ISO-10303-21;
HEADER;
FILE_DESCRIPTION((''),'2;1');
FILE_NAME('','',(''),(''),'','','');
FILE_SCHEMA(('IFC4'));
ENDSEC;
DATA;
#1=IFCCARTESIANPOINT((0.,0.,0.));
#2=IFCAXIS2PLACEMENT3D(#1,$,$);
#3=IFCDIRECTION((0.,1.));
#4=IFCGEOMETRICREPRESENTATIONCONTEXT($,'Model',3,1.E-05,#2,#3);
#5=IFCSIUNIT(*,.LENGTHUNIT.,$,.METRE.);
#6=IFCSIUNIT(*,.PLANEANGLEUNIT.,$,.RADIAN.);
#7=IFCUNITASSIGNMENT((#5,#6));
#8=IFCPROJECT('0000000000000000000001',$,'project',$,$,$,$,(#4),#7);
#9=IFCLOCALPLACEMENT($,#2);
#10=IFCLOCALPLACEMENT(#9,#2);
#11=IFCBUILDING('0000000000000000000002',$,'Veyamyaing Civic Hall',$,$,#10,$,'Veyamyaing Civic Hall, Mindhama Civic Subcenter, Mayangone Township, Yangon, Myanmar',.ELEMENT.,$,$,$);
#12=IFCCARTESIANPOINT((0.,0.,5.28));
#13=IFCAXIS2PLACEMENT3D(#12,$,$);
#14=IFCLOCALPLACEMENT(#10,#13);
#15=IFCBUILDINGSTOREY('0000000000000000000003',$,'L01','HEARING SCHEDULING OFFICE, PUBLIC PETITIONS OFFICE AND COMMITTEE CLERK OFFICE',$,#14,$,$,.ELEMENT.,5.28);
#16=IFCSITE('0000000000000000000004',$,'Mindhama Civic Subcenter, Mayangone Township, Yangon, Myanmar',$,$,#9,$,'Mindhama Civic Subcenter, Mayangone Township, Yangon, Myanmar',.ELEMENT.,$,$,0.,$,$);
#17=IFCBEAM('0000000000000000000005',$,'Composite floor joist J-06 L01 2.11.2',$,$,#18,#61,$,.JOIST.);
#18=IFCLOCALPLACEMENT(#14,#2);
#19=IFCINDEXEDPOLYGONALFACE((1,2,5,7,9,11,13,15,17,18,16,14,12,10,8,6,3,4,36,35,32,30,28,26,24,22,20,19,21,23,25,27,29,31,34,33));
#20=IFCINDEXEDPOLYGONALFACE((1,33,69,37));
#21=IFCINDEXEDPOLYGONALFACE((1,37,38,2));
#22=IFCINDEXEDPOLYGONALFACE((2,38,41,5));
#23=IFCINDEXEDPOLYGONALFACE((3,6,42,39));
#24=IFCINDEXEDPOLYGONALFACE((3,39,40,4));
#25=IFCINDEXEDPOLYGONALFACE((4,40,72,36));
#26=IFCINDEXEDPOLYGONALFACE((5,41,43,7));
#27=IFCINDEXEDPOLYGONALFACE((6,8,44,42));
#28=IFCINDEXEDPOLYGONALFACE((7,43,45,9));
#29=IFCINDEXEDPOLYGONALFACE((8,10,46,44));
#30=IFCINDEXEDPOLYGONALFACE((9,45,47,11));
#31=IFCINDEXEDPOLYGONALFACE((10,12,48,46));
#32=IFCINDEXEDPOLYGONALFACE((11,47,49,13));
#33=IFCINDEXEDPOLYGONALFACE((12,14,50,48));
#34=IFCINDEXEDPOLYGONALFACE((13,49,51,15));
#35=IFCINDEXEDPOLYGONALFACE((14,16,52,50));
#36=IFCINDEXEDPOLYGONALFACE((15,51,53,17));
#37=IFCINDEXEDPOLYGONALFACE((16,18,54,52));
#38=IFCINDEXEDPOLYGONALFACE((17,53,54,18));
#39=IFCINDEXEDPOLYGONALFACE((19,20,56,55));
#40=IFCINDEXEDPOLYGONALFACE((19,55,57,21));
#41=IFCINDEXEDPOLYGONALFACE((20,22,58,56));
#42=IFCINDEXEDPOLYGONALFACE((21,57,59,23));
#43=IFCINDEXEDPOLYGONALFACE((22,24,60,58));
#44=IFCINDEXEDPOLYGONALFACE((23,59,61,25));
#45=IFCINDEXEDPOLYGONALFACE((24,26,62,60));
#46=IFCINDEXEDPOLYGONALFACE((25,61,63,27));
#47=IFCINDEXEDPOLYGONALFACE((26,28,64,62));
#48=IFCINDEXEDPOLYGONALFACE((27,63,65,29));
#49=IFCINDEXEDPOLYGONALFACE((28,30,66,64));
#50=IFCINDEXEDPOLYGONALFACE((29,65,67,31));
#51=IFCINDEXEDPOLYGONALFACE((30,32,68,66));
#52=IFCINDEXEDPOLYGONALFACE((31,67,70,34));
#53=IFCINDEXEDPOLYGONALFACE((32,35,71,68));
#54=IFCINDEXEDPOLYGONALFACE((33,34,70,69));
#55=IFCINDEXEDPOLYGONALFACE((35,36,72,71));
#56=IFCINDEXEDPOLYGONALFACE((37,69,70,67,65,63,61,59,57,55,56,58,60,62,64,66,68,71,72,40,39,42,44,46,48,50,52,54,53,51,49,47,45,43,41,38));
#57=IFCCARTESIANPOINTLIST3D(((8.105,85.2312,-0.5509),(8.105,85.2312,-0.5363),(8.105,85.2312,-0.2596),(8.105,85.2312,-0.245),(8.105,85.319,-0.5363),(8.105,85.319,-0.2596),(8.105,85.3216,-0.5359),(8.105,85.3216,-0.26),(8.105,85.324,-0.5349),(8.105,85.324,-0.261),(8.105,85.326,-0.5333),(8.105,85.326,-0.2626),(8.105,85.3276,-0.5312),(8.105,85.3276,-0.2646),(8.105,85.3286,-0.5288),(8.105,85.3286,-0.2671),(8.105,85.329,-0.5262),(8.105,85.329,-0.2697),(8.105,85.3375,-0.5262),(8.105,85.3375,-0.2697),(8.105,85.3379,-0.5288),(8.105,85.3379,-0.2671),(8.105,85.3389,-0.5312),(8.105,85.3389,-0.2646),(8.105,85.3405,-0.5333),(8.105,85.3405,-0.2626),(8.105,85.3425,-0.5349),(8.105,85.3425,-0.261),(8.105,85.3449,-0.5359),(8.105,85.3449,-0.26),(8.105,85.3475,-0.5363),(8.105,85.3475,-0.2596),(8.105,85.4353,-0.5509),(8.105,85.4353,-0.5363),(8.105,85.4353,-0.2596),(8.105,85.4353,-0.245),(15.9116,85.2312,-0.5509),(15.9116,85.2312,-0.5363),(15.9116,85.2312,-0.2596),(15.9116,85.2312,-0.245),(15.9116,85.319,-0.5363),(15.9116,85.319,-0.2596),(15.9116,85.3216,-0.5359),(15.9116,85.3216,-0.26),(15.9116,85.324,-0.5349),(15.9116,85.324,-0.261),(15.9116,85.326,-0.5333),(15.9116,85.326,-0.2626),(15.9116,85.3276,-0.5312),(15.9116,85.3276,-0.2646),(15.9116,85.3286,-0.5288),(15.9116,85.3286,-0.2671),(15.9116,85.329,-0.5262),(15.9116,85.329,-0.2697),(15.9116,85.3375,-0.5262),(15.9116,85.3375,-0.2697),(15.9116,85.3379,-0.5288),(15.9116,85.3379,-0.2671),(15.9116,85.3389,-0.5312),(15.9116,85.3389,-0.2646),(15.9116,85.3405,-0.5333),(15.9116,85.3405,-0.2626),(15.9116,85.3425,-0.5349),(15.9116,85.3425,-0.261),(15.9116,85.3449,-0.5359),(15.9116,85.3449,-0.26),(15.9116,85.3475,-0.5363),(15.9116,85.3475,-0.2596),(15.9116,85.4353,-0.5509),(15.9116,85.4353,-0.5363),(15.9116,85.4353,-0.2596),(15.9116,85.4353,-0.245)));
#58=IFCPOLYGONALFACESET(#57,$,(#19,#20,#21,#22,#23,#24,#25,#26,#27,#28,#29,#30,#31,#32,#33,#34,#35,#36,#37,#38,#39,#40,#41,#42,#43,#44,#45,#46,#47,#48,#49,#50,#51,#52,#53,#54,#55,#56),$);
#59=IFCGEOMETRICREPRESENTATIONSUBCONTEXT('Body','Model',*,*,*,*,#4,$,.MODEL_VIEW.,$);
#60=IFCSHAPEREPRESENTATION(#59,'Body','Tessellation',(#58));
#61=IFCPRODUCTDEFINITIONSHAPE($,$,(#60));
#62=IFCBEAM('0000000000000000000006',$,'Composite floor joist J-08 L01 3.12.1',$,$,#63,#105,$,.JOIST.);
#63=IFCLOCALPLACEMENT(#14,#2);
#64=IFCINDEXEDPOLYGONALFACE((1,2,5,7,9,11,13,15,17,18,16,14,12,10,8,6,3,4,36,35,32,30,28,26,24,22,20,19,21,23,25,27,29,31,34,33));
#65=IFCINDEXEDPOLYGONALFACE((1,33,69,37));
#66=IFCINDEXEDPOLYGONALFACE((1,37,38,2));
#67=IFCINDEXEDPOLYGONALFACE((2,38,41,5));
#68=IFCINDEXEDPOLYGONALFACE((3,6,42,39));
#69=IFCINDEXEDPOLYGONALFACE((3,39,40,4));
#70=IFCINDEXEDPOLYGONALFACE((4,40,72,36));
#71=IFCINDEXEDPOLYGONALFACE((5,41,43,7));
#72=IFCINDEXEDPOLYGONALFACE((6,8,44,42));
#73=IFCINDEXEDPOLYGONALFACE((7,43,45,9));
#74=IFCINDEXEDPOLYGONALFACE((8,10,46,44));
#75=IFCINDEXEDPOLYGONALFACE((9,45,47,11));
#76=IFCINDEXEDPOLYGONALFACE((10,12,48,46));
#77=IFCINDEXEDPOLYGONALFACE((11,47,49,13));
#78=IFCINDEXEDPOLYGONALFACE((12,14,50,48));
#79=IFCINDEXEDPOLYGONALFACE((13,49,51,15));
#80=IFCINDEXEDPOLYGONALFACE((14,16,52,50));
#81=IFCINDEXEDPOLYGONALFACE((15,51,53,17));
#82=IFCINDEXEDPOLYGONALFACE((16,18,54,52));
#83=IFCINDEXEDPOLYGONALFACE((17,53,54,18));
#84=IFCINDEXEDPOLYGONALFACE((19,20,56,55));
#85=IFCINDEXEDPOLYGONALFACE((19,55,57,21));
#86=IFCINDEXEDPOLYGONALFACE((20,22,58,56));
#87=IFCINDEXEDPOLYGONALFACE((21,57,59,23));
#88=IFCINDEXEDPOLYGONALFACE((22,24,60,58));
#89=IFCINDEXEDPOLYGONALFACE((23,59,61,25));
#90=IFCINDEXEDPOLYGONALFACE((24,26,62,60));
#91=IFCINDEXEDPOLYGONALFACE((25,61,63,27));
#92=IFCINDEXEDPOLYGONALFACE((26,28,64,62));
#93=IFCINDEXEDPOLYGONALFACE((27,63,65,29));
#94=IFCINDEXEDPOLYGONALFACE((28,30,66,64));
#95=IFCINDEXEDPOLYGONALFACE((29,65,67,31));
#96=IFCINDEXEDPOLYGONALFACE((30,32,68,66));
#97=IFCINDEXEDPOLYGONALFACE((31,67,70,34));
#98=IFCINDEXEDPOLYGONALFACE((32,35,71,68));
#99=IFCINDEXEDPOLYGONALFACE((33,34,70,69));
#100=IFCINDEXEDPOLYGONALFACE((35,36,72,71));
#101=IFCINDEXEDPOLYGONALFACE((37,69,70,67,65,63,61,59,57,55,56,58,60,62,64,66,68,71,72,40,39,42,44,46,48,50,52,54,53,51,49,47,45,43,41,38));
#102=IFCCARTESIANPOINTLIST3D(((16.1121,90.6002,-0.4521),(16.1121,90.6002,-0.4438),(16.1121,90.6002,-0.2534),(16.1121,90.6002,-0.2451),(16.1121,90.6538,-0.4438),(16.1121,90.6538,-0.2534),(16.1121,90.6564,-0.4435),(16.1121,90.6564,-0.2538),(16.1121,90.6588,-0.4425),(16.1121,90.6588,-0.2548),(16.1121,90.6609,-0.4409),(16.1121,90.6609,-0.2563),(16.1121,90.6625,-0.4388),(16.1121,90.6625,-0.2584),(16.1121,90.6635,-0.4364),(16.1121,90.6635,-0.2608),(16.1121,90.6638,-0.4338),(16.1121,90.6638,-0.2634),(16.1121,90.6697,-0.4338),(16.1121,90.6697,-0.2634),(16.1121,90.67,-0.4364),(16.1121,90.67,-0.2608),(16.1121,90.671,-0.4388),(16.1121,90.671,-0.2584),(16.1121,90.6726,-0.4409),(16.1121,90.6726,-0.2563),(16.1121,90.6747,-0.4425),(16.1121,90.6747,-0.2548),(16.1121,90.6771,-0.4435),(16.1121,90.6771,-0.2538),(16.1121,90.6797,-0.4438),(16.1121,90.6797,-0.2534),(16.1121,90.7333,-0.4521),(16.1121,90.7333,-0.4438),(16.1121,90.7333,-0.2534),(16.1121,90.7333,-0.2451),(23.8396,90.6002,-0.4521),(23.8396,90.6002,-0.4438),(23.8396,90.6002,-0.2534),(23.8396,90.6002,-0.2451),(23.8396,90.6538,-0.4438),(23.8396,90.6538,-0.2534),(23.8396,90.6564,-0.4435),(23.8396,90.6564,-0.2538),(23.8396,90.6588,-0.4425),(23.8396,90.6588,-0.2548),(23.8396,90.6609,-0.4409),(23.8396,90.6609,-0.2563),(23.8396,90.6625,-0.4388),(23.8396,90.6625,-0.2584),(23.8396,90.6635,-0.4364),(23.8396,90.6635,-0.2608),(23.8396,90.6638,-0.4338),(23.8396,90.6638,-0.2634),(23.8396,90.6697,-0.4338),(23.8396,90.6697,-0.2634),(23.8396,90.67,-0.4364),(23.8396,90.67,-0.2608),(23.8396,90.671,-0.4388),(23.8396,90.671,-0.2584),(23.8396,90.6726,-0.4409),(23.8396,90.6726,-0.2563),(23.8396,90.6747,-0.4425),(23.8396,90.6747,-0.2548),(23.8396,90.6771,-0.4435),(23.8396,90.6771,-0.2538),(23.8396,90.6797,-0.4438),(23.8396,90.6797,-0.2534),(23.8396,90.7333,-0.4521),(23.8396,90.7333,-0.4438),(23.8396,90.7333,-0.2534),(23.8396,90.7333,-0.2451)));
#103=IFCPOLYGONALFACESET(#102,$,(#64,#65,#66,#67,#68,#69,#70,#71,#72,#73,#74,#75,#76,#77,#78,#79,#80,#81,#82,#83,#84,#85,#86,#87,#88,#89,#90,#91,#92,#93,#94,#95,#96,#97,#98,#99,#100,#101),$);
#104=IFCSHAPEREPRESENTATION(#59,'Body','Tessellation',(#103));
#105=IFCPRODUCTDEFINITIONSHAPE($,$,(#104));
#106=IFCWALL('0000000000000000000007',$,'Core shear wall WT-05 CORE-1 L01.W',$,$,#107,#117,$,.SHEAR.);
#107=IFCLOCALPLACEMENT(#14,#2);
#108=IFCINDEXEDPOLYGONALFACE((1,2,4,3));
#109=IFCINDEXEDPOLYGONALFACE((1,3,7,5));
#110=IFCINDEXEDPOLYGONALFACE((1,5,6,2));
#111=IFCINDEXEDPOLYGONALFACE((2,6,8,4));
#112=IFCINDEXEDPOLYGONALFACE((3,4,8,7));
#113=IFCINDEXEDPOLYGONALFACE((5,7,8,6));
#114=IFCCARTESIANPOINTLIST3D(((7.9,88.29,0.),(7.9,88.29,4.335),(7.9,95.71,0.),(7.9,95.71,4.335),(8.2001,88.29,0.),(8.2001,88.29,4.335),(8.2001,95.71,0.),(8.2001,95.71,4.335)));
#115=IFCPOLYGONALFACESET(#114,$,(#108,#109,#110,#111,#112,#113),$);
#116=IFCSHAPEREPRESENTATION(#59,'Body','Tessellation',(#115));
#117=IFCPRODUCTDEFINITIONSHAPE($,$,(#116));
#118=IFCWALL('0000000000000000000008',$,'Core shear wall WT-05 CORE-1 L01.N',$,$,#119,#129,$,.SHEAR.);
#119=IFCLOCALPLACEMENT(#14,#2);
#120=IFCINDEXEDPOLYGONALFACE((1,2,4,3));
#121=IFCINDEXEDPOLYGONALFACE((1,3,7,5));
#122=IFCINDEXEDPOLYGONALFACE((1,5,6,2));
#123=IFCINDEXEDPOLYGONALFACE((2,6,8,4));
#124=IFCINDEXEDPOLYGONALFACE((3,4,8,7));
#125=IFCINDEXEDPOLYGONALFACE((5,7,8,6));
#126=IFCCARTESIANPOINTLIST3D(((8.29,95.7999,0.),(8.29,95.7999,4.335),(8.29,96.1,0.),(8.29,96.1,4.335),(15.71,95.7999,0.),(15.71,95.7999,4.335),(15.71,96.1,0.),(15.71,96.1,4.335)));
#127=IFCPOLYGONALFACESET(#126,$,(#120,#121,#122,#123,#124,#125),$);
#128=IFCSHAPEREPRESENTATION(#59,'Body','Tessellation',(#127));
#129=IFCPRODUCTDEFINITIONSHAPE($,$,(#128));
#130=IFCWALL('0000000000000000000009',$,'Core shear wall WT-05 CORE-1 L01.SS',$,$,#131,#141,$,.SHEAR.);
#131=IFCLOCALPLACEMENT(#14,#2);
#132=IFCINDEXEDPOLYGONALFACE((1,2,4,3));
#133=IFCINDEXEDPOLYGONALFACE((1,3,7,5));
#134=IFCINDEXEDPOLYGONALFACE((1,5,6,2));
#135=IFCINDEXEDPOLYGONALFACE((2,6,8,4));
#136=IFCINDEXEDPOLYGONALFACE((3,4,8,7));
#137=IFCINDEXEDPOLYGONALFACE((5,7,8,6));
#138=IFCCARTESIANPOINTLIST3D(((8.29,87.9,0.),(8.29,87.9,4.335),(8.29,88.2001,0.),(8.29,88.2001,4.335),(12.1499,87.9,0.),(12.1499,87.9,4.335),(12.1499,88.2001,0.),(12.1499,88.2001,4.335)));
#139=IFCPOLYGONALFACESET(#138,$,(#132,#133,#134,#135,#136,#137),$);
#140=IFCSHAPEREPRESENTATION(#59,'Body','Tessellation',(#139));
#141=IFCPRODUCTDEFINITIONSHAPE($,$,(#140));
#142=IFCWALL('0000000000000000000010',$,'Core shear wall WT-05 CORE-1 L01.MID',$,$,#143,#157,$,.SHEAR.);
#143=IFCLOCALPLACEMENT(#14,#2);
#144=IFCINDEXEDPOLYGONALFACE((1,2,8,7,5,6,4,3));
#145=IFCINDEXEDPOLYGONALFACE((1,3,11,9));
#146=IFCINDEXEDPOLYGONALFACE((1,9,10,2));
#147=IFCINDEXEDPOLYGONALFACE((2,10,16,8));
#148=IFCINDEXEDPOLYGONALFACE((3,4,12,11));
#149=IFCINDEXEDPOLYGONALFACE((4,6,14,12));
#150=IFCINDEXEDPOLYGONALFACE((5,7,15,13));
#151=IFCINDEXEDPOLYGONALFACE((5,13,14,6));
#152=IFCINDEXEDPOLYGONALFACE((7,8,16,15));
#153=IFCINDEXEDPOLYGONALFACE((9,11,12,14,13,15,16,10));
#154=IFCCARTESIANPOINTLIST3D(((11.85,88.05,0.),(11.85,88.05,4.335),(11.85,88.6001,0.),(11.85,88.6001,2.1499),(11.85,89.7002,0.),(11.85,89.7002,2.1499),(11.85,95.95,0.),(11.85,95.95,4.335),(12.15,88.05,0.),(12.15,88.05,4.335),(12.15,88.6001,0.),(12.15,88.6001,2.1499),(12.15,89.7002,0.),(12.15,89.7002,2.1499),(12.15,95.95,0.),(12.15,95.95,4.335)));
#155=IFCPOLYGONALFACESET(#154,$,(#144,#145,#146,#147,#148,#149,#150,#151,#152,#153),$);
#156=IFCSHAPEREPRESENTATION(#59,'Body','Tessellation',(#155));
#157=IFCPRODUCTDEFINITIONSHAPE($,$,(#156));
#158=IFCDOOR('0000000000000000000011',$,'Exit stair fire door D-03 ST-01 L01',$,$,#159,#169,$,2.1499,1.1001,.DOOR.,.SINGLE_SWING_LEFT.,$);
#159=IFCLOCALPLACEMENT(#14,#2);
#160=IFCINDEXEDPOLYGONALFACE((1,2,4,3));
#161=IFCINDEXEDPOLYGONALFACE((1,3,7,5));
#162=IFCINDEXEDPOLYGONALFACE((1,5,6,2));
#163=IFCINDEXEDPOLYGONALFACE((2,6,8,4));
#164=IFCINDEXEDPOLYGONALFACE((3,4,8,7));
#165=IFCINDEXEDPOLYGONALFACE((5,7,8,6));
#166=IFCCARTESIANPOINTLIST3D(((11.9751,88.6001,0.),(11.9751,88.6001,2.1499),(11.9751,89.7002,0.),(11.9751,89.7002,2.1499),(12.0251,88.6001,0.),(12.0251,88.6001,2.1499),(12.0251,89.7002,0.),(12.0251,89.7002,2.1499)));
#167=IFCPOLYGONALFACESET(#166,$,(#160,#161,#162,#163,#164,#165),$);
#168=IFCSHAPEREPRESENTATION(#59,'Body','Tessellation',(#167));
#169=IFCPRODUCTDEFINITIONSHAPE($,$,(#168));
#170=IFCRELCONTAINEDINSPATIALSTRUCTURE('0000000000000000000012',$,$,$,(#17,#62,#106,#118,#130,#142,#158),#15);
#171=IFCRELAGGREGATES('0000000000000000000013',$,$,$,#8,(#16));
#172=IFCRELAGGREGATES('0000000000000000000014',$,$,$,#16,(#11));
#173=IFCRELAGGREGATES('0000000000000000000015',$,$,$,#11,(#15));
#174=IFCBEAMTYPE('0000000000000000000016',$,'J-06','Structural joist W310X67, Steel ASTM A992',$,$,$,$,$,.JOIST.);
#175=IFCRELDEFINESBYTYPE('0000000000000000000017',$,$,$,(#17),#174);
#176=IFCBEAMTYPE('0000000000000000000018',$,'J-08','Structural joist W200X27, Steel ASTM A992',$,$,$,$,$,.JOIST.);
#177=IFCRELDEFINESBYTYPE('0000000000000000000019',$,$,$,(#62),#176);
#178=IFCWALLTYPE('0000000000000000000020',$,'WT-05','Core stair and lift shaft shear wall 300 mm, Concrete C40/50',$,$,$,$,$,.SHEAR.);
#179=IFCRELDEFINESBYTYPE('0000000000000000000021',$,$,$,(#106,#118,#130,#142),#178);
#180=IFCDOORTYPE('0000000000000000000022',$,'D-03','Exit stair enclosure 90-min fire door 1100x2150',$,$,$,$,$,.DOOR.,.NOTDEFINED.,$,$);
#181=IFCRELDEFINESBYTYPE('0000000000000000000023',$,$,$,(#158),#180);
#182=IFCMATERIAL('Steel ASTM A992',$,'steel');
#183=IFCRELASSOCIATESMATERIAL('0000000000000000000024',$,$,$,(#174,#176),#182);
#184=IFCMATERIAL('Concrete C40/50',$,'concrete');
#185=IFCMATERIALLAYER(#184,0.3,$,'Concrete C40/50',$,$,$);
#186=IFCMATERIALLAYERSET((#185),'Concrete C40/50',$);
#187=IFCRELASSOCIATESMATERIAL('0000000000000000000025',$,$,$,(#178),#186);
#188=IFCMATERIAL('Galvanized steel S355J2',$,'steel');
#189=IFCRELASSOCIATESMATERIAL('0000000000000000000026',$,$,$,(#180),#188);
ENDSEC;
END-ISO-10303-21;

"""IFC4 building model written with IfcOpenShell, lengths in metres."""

from ifc_helpers import new_model, si_unit, direction, frame, frame_2d, origin, origin_2d, place, context, subcontext, project, spatial, rectangle, i_section, extrude, material, layer, layer_set, material_profile, profile_set, type_object, element, fill, save


model = new_model("IFC4")

# Units and contexts
model_context = context("Model", 3, precision=1e-05, world=origin(), true_north=direction((0.0, 1.0)))
body_context = subcontext(model_context, "Body", "Model", "MODEL_VIEW")
ifc_project = project(units=[si_unit("LENGTHUNIT", "METRE"), si_unit("PLANEANGLEUNIT", "RADIAN")], contexts=[model_context])

# Site, building, storey
site_placement = place(None, origin())
site = spatial("IfcSite", under=ifc_project, at=site_placement, Name="Mindhama Civic Subcenter, Mayangone Township, Yangon, Myanmar", LongName="Mindhama Civic Subcenter, Mayangone Township, Yangon, Myanmar", CompositionType="ELEMENT", RefElevation=0.0)
building_placement = place(site_placement, origin())
building = spatial("IfcBuilding", under=site, at=building_placement, Name="Veyamyaing Civic Hall", LongName="Veyamyaing Civic Hall, Mindhama Civic Subcenter, Mayangone Township, Yangon, Myanmar", CompositionType="ELEMENT")
storey_placement = place(building_placement, frame((0.0, 0.0, 5.28)))
storey = spatial("IfcBuildingStorey", under=building, at=storey_placement, Name="L01", Description="HEARING SCHEDULING OFFICE, PUBLIC PETITIONS OFFICE AND COMMITTEE CLERK OFFICE", CompositionType="ELEMENT", Elevation=5.28)

# Beams
ifc_material_1 = material(Name="Steel ASTM A992", Category="steel")
ifc_material_profile_1 = material_profile(ifc_material_1, i_section(OverallWidth=0.2041, OverallDepth=0.3059, WebThickness=0.0085, FlangeThickness=0.0146, FilletRadius=0.01, at=origin_2d()), Name="W310X67")
ifc_profile_set_1 = profile_set([ifc_material_profile_1], Name="Steel ASTM A992")
beam_type_1 = type_object("IfcBeamType", Name="J-06", Description="Structural joist W310X67, Steel ASTM A992", PredefinedType="JOIST", material=ifc_profile_set_1)
beam_1_placement = place(storey_placement, frame((8.105, 85.3333, -0.3979), z_axis=(1.0, 0.0, 0.0), x_axis=(0.0, 1.0, 0.0)))
element("IfcBeam", 1, at=beam_1_placement, inside=storey, type_object=beam_type_1, Name="Composite floor joist J-06 L01 2.11.2", PredefinedType="JOIST", context=body_context, shape_type="SweptSolid", body=[
    extrude(i_section(OverallWidth=0.2041, OverallDepth=0.3059, WebThickness=0.0085, FlangeThickness=0.0146, FilletRadius=0.01, at=origin_2d()), origin(), (0.0, 0.0, 1.0), 7.8066),
])
ifc_material_profile_2 = material_profile(ifc_material_1, i_section(OverallWidth=0.1331, OverallDepth=0.207, WebThickness=0.0059, FlangeThickness=0.0083, FilletRadius=0.01, at=origin_2d()), Name="W200X27")
ifc_profile_set_2 = profile_set([ifc_material_profile_2], Name="Steel ASTM A992")
beam_type_2 = type_object("IfcBeamType", Name="J-08", Description="Structural joist W200X27, Steel ASTM A992", PredefinedType="JOIST", material=ifc_profile_set_2)
beam_2_placement = place(storey_placement, frame((16.1121, 90.6667, -0.3486), z_axis=(1.0, 0.0, 0.0), x_axis=(0.0, 1.0, 0.0)))
element("IfcBeam", 2, at=beam_2_placement, inside=storey, type_object=beam_type_2, Name="Composite floor joist J-08 L01 3.12.1", PredefinedType="JOIST", context=body_context, shape_type="SweptSolid", body=[
    extrude(i_section(OverallWidth=0.1331, OverallDepth=0.207, WebThickness=0.0059, FlangeThickness=0.0083, FilletRadius=0.01, at=origin_2d()), origin(), (0.0, 0.0, 1.0), 7.7275),
])

# Walls
ifc_material_2 = material(Name="Concrete C40/50", Category="concrete")
ifc_layer_1 = layer(ifc_material_2, 0.3, Name="Concrete C40/50")
ifc_layer_set_1 = layer_set([ifc_layer_1], Name="Concrete C40/50")
wall_type_1 = type_object("IfcWallType", Name="WT-05", Description="Core stair and lift shaft shear wall 300 mm, Concrete C40/50", PredefinedType="SHEAR", material=ifc_layer_set_1)
for number, where, z_axis, x_axis, name in (
    (3, (8.05, 88.29, 0.0), (0.0, 0.0, 1.0), (0.0, 1.0, 0.0), "Core shear wall WT-05 CORE-1 L01.W"),
    (4, (8.29, 95.95, 0.0), (0.0, 0.0, 1.0), (1.0, 0.0, 0.0), "Core shear wall WT-05 CORE-1 L01.N"),
):
    element("IfcWall", number, at=place(storey_placement, frame(where, z_axis=z_axis, x_axis=x_axis)), inside=storey, type_object=wall_type_1, Name=name, PredefinedType="SHEAR", context=body_context, shape_type="SweptSolid", body=[
        extrude(rectangle(XDim=7.4199, YDim=0.3, at=frame_2d((3.71, 0.0))), origin(), (0.0, 0.0, 1.0), 4.335),
    ])

# Shared definitions
ifc_material_3 = material(Name="Galvanized steel S355J2", Category="steel")

# Wall
wall_1_placement = place(storey_placement, frame((8.29, 88.05, 0.0), z_axis=(0.0, 0.0, 1.0), x_axis=(1.0, 0.0, 0.0)))
element("IfcWall", 5, at=wall_1_placement, inside=storey, type_object=wall_type_1, Name="Core shear wall WT-05 CORE-1 L01.SS", PredefinedType="SHEAR", context=body_context, shape_type="SweptSolid", body=[
    extrude(rectangle(XDim=3.8599, YDim=0.3, at=frame_2d((1.9299, 0.0))), origin(), (0.0, 0.0, 1.0), 4.335),
])

# Wall, opening, door
wall_2_placement = place(storey_placement, frame((12.0, 88.05, 0.0), z_axis=(0.0, 0.0, 1.0), x_axis=(0.0, 1.0, 0.0)))
wall_2 = element("IfcWall", 6, at=wall_2_placement, inside=storey, type_object=wall_type_1, Name="Core shear wall WT-05 CORE-1 L01.MID", PredefinedType="SHEAR", context=body_context, shape_type="SweptSolid", body=[
    extrude(rectangle(XDim=7.8999, YDim=0.3, at=frame_2d((3.95, 0.0))), origin(), (0.0, 0.0, 1.0), 4.335),
])
opening_1_placement = place(wall_2_placement, frame((0.55, 0.0, 0.0)))
opening_1 = element("IfcOpeningElement", 7, at=opening_1_placement, cuts=wall_2, PredefinedType="OPENING", context=body_context, shape_type="SweptSolid", body=[
    extrude(rectangle(XDim=1.1001, YDim=2.1499, at=frame_2d((0.55, 1.075))), frame((0.0, 0.1599, 0.0), z_axis=(0.0, -1.0, 0.0), x_axis=(1.0, 0.0, 0.0)), (0.0, 0.0, 1.0), 0.3201),
])
door_type_1 = type_object("IfcDoorType", Name="D-03", Description="Exit stair enclosure 90-min fire door 1100x2150", OperationType="NOTDEFINED", PredefinedType="DOOR", material=ifc_material_3)
door_1_placement = place(opening_1_placement, origin())
door_1 = element("IfcDoor", 8, at=door_1_placement, inside=storey, type_object=door_type_1, Name="Exit stair fire door D-03 ST-01 L01", OperationType="SINGLE_SWING_LEFT", OverallHeight=2.1499, OverallWidth=1.1001, PredefinedType="DOOR", context=body_context, shape_type="SweptSolid", body=[
    extrude(rectangle(XDim=1.1001, YDim=2.1499, at=frame_2d((0.55, 1.075))), frame((0.0, 0.0249, 0.0), z_axis=(0.0, -1.0, 0.0), x_axis=(1.0, 0.0, 0.0)), (0.0, 0.0, 1.0), 0.05),
])
fill(opening_1, door_1)

save(model, "model.ifc")
